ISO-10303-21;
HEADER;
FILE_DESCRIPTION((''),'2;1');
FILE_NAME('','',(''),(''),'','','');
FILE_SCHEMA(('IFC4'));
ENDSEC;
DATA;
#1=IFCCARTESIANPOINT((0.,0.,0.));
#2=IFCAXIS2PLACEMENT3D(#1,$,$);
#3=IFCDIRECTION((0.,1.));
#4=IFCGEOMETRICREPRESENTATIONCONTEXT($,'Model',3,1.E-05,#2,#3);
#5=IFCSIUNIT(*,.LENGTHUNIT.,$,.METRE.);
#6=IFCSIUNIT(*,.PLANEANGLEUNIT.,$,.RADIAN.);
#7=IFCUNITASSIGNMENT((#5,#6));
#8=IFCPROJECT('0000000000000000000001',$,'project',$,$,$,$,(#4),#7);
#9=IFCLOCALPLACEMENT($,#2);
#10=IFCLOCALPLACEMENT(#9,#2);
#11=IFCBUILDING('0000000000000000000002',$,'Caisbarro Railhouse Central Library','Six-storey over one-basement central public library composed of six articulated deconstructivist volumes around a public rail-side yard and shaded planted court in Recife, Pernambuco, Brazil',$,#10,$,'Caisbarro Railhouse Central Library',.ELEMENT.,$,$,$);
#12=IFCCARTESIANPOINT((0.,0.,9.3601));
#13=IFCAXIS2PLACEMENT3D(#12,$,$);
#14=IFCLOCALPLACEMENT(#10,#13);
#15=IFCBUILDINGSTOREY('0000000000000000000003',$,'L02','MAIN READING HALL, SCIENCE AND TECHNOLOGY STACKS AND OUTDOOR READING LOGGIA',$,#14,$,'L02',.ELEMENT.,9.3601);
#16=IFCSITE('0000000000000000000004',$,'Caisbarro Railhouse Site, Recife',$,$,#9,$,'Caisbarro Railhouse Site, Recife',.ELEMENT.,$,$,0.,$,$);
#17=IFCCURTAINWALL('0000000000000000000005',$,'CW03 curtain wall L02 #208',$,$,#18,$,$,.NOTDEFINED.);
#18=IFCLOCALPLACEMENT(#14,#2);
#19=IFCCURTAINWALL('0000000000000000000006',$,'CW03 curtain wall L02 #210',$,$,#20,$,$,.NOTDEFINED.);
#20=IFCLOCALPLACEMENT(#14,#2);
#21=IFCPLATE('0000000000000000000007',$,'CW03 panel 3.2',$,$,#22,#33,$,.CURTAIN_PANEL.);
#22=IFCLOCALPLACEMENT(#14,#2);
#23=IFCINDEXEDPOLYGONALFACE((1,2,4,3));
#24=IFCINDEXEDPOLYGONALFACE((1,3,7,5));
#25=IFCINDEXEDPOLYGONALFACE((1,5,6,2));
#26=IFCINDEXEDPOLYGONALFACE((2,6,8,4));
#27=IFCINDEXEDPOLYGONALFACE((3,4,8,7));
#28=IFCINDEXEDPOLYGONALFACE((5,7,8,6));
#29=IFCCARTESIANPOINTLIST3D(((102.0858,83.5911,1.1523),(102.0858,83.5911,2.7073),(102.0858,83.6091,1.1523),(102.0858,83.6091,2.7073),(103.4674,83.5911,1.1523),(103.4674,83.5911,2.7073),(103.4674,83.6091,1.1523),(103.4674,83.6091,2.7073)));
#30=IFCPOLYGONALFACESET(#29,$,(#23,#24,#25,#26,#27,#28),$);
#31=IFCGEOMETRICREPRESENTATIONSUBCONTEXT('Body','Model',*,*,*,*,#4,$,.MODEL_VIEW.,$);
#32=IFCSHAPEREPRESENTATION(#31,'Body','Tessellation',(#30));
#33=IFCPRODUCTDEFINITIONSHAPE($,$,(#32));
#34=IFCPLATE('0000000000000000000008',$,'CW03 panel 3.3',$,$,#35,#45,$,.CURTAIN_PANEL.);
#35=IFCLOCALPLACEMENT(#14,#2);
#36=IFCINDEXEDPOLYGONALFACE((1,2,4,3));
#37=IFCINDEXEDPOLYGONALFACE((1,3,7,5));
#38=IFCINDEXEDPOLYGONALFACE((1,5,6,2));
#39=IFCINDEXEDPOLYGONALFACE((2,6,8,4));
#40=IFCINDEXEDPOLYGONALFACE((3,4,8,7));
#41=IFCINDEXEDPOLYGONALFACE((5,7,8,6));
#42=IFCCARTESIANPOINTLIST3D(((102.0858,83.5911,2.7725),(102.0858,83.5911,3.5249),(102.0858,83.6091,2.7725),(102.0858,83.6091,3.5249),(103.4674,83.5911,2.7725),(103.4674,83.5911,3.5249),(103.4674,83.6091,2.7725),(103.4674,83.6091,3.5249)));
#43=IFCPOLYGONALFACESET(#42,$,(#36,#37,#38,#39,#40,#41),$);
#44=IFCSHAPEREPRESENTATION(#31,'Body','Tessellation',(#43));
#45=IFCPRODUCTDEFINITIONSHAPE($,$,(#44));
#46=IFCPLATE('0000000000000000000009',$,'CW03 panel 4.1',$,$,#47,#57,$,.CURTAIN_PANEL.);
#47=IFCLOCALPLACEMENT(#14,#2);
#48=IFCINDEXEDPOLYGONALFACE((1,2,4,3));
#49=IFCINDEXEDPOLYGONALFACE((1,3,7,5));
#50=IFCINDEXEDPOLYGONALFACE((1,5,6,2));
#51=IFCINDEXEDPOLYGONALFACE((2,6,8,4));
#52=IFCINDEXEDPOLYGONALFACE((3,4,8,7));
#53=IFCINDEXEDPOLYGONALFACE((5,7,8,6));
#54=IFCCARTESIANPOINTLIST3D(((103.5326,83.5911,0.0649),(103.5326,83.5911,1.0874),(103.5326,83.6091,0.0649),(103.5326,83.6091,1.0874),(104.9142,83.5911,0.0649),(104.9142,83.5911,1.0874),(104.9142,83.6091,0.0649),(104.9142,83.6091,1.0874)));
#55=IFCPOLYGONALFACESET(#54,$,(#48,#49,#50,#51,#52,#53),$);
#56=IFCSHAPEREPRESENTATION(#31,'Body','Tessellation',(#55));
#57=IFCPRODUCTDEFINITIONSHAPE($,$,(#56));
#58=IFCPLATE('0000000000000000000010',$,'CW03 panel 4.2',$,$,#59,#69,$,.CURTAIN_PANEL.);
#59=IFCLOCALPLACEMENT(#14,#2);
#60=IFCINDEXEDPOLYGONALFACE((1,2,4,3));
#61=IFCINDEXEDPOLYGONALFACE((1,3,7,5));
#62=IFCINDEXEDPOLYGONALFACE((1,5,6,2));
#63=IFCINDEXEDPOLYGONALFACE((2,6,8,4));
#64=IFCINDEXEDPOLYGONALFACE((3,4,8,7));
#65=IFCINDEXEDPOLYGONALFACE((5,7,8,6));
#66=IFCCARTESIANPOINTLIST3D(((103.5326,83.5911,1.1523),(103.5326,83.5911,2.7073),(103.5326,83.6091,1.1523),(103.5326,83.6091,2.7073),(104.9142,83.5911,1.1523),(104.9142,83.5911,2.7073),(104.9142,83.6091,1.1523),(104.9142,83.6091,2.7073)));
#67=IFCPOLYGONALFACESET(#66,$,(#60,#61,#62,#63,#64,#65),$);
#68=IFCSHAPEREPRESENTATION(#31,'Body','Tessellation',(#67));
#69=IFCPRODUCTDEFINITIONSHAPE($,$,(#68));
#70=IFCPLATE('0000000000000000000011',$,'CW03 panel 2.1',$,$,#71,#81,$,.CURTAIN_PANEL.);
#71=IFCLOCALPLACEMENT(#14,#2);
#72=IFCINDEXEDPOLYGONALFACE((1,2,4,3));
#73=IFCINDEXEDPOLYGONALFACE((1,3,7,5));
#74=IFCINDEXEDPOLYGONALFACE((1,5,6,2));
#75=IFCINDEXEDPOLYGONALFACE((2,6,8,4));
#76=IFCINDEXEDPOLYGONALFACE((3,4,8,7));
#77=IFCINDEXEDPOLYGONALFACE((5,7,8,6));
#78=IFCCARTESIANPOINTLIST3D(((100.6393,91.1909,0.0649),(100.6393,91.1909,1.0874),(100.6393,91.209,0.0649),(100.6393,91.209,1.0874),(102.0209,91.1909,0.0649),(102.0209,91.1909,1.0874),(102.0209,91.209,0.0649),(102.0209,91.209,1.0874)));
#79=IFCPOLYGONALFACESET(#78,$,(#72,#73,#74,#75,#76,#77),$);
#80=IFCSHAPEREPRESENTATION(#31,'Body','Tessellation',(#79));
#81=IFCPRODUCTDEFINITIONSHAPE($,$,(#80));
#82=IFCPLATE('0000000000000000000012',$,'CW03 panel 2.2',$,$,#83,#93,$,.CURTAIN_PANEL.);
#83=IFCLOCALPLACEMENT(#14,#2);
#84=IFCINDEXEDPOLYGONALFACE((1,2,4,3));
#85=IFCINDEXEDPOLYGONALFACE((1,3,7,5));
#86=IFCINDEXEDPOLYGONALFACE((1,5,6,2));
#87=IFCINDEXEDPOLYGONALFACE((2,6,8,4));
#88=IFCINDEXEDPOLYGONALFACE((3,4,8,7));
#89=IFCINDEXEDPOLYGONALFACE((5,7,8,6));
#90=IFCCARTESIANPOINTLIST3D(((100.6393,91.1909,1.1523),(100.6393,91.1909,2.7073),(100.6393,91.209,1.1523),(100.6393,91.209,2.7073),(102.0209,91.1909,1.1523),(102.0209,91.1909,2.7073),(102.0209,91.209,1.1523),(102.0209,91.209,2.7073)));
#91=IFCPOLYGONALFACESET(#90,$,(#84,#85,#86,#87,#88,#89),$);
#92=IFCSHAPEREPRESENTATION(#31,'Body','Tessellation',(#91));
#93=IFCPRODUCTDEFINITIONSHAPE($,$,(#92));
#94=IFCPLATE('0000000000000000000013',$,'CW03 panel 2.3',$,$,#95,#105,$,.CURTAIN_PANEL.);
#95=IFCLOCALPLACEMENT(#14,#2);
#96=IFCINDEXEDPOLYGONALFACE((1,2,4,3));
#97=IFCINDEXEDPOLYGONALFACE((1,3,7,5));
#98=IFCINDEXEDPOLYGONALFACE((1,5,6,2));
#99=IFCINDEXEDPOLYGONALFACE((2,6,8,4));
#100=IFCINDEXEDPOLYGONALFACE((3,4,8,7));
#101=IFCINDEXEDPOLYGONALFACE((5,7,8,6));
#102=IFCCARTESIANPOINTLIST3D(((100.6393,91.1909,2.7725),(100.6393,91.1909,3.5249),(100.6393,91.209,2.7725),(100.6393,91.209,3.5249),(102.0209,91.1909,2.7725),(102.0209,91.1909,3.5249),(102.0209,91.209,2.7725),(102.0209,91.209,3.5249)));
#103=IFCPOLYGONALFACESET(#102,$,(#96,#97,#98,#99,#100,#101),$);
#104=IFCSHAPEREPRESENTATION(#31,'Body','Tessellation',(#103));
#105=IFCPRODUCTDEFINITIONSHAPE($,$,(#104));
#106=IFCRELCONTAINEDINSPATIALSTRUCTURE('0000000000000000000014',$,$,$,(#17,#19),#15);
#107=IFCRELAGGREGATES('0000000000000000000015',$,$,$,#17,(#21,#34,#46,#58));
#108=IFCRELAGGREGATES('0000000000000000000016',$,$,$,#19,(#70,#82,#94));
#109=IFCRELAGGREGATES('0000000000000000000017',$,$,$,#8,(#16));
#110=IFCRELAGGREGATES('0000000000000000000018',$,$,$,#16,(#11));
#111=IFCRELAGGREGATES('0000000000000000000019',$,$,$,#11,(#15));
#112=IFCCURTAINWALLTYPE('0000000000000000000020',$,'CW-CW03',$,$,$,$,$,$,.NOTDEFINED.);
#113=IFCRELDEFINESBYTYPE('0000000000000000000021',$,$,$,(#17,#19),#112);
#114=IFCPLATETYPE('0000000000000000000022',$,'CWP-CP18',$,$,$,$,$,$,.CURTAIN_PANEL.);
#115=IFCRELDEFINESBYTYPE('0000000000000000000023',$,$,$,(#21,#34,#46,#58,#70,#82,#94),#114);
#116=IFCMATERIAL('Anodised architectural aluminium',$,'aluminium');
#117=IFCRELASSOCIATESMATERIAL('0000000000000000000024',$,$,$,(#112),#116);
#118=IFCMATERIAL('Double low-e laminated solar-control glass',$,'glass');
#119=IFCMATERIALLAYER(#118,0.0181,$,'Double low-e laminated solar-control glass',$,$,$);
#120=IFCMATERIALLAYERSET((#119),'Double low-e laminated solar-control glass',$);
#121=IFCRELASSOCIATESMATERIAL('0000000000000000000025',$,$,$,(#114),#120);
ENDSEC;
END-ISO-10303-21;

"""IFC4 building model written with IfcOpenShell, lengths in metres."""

from ifc_helpers import new_model, si_unit, direction, frame, origin, origin_2d, place, context, subcontext, project, spatial, rectangle, extrude, material, layer, layer_set, type_object, element, aggregate, save


model = new_model("IFC4")

# Units and contexts
model_context = context("Model", 3, precision=1e-05, world=origin(), true_north=direction((0.0, 1.0)))
body_context = subcontext(model_context, "Body", "Model", "MODEL_VIEW")
ifc_project = project(units=[si_unit("LENGTHUNIT", "METRE"), si_unit("PLANEANGLEUNIT", "RADIAN")], contexts=[model_context])

# Site, building, storey
site_placement = place(None, origin())
site = spatial("IfcSite", under=ifc_project, at=site_placement, Name="Caisbarro Railhouse Site, Recife", LongName="Caisbarro Railhouse Site, Recife", CompositionType="ELEMENT", RefElevation=0.0)
building_placement = place(site_placement, origin())
building = spatial("IfcBuilding", under=site, at=building_placement, Name="Caisbarro Railhouse Central Library", Description="Six-storey over one-basement central public library composed of six articulated deconstructivist volumes around a public rail-side yard and shaded planted court in Recife, Pernambuco, Brazil", LongName="Caisbarro Railhouse Central Library", CompositionType="ELEMENT")
storey_placement = place(building_placement, frame((0.0, 0.0, 9.3601)))
storey = spatial("IfcBuildingStorey", under=building, at=storey_placement, Name="L02", Description="MAIN READING HALL, SCIENCE AND TECHNOLOGY STACKS AND OUTDOOR READING LOGGIA", LongName="L02", CompositionType="ELEMENT", Elevation=9.3601)

# Curtain wall
ifc_material_1 = material(Name="Anodised architectural aluminium", Category="aluminium")
curtain_wall_type = type_object("IfcCurtainWallType", Name="CW-CW03", PredefinedType="NOTDEFINED", material=ifc_material_1)
curtain_wall_1_placement = place(storey_placement, origin())
curtain_wall_1 = element("IfcCurtainWall", 1, at=curtain_wall_1_placement, inside=storey, type_object=curtain_wall_type, Name="CW03 curtain wall L02 #208", PredefinedType="NOTDEFINED")

# Curtain wall
curtain_wall_2_placement = place(storey_placement, origin())
curtain_wall_2 = element("IfcCurtainWall", 2, at=curtain_wall_2_placement, inside=storey, type_object=curtain_wall_type, Name="CW03 curtain wall L02 #210", PredefinedType="NOTDEFINED")

# Plates
ifc_material_2 = material(Name="Double low-e laminated solar-control glass", Category="glass")
ifc_layer = layer(ifc_material_2, 0.0181, Name="Double low-e laminated solar-control glass")
ifc_layer_set = layer_set([ifc_layer], Name="Double low-e laminated solar-control glass")
plate_type = type_object("IfcPlateType", Name="CWP-CP18", PredefinedType="CURTAIN_PANEL", material=ifc_layer_set)
plate_1_placement = place(storey_placement, frame((102.7766, 83.6001, 1.1523), z_axis=(0.0, 0.0, 1.0), x_axis=(1.0, 0.0, 0.0)))
plate_1 = element("IfcPlate", 3, at=plate_1_placement, type_object=plate_type, Name="CW03 panel 3.2", PredefinedType="CURTAIN_PANEL", context=body_context, shape_type="SweptSolid", body=[
    extrude(rectangle(XDim=1.3816, YDim=0.0181, at=origin_2d()), origin(), (0.0, 0.0, 1.0), 1.5549),
])
plate_2_placement = place(storey_placement, frame((102.7766, 83.6001, 2.7725), z_axis=(0.0, 0.0, 1.0), x_axis=(1.0, 0.0, 0.0)))
plate_2 = element("IfcPlate", 4, at=plate_2_placement, type_object=plate_type, Name="CW03 panel 3.3", PredefinedType="CURTAIN_PANEL", context=body_context, shape_type="SweptSolid", body=[
    extrude(rectangle(XDim=1.3816, YDim=0.0181, at=origin_2d()), origin(), (0.0, 0.0, 1.0), 0.7524),
])
plate_3_placement = place(storey_placement, frame((104.2234, 83.6001, 0.0649), z_axis=(0.0, 0.0, 1.0), x_axis=(1.0, 0.0, 0.0)))
plate_3 = element("IfcPlate", 5, at=plate_3_placement, type_object=plate_type, Name="CW03 panel 4.1", PredefinedType="CURTAIN_PANEL", context=body_context, shape_type="SweptSolid", body=[
    extrude(rectangle(XDim=1.3816, YDim=0.0181, at=origin_2d()), origin(), (0.0, 0.0, 1.0), 1.0225),
])
plate_4_placement = place(storey_placement, frame((104.2234, 83.6001, 1.1523), z_axis=(0.0, 0.0, 1.0), x_axis=(1.0, 0.0, 0.0)))
plate_4 = element("IfcPlate", 6, at=plate_4_placement, type_object=plate_type, Name="CW03 panel 4.2", PredefinedType="CURTAIN_PANEL", context=body_context, shape_type="SweptSolid", body=[
    extrude(rectangle(XDim=1.3816, YDim=0.0181, at=origin_2d()), origin(), (0.0, 0.0, 1.0), 1.5549),
])
aggregate(curtain_wall_1, [plate_1, plate_2, plate_3, plate_4])
plate_5_placement = place(storey_placement, frame((101.3301, 91.2, 0.0649), z_axis=(0.0, 0.0, 1.0), x_axis=(1.0, 0.0, 0.0)))
plate_5 = element("IfcPlate", 7, at=plate_5_placement, type_object=plate_type, Name="CW03 panel 2.1", PredefinedType="CURTAIN_PANEL", context=body_context, shape_type="SweptSolid", body=[
    extrude(rectangle(XDim=1.3816, YDim=0.0181, at=origin_2d()), origin(), (0.0, 0.0, 1.0), 1.0225),
])
plate_6_placement = place(storey_placement, frame((101.3301, 91.2, 1.1523), z_axis=(0.0, 0.0, 1.0), x_axis=(1.0, 0.0, 0.0)))
plate_6 = element("IfcPlate", 8, at=plate_6_placement, type_object=plate_type, Name="CW03 panel 2.2", PredefinedType="CURTAIN_PANEL", context=body_context, shape_type="SweptSolid", body=[
    extrude(rectangle(XDim=1.3816, YDim=0.0181, at=origin_2d()), origin(), (0.0, 0.0, 1.0), 1.5549),
])
plate_7_placement = place(storey_placement, frame((101.3301, 91.2, 2.7725), z_axis=(0.0, 0.0, 1.0), x_axis=(1.0, 0.0, 0.0)))
plate_7 = element("IfcPlate", 9, at=plate_7_placement, type_object=plate_type, Name="CW03 panel 2.3", PredefinedType="CURTAIN_PANEL", context=body_context, shape_type="SweptSolid", body=[
    extrude(rectangle(XDim=1.3816, YDim=0.0181, at=origin_2d()), origin(), (0.0, 0.0, 1.0), 0.7524),
])
aggregate(curtain_wall_2, [plate_5, plate_6, plate_7])

save(model, "model.ifc")
